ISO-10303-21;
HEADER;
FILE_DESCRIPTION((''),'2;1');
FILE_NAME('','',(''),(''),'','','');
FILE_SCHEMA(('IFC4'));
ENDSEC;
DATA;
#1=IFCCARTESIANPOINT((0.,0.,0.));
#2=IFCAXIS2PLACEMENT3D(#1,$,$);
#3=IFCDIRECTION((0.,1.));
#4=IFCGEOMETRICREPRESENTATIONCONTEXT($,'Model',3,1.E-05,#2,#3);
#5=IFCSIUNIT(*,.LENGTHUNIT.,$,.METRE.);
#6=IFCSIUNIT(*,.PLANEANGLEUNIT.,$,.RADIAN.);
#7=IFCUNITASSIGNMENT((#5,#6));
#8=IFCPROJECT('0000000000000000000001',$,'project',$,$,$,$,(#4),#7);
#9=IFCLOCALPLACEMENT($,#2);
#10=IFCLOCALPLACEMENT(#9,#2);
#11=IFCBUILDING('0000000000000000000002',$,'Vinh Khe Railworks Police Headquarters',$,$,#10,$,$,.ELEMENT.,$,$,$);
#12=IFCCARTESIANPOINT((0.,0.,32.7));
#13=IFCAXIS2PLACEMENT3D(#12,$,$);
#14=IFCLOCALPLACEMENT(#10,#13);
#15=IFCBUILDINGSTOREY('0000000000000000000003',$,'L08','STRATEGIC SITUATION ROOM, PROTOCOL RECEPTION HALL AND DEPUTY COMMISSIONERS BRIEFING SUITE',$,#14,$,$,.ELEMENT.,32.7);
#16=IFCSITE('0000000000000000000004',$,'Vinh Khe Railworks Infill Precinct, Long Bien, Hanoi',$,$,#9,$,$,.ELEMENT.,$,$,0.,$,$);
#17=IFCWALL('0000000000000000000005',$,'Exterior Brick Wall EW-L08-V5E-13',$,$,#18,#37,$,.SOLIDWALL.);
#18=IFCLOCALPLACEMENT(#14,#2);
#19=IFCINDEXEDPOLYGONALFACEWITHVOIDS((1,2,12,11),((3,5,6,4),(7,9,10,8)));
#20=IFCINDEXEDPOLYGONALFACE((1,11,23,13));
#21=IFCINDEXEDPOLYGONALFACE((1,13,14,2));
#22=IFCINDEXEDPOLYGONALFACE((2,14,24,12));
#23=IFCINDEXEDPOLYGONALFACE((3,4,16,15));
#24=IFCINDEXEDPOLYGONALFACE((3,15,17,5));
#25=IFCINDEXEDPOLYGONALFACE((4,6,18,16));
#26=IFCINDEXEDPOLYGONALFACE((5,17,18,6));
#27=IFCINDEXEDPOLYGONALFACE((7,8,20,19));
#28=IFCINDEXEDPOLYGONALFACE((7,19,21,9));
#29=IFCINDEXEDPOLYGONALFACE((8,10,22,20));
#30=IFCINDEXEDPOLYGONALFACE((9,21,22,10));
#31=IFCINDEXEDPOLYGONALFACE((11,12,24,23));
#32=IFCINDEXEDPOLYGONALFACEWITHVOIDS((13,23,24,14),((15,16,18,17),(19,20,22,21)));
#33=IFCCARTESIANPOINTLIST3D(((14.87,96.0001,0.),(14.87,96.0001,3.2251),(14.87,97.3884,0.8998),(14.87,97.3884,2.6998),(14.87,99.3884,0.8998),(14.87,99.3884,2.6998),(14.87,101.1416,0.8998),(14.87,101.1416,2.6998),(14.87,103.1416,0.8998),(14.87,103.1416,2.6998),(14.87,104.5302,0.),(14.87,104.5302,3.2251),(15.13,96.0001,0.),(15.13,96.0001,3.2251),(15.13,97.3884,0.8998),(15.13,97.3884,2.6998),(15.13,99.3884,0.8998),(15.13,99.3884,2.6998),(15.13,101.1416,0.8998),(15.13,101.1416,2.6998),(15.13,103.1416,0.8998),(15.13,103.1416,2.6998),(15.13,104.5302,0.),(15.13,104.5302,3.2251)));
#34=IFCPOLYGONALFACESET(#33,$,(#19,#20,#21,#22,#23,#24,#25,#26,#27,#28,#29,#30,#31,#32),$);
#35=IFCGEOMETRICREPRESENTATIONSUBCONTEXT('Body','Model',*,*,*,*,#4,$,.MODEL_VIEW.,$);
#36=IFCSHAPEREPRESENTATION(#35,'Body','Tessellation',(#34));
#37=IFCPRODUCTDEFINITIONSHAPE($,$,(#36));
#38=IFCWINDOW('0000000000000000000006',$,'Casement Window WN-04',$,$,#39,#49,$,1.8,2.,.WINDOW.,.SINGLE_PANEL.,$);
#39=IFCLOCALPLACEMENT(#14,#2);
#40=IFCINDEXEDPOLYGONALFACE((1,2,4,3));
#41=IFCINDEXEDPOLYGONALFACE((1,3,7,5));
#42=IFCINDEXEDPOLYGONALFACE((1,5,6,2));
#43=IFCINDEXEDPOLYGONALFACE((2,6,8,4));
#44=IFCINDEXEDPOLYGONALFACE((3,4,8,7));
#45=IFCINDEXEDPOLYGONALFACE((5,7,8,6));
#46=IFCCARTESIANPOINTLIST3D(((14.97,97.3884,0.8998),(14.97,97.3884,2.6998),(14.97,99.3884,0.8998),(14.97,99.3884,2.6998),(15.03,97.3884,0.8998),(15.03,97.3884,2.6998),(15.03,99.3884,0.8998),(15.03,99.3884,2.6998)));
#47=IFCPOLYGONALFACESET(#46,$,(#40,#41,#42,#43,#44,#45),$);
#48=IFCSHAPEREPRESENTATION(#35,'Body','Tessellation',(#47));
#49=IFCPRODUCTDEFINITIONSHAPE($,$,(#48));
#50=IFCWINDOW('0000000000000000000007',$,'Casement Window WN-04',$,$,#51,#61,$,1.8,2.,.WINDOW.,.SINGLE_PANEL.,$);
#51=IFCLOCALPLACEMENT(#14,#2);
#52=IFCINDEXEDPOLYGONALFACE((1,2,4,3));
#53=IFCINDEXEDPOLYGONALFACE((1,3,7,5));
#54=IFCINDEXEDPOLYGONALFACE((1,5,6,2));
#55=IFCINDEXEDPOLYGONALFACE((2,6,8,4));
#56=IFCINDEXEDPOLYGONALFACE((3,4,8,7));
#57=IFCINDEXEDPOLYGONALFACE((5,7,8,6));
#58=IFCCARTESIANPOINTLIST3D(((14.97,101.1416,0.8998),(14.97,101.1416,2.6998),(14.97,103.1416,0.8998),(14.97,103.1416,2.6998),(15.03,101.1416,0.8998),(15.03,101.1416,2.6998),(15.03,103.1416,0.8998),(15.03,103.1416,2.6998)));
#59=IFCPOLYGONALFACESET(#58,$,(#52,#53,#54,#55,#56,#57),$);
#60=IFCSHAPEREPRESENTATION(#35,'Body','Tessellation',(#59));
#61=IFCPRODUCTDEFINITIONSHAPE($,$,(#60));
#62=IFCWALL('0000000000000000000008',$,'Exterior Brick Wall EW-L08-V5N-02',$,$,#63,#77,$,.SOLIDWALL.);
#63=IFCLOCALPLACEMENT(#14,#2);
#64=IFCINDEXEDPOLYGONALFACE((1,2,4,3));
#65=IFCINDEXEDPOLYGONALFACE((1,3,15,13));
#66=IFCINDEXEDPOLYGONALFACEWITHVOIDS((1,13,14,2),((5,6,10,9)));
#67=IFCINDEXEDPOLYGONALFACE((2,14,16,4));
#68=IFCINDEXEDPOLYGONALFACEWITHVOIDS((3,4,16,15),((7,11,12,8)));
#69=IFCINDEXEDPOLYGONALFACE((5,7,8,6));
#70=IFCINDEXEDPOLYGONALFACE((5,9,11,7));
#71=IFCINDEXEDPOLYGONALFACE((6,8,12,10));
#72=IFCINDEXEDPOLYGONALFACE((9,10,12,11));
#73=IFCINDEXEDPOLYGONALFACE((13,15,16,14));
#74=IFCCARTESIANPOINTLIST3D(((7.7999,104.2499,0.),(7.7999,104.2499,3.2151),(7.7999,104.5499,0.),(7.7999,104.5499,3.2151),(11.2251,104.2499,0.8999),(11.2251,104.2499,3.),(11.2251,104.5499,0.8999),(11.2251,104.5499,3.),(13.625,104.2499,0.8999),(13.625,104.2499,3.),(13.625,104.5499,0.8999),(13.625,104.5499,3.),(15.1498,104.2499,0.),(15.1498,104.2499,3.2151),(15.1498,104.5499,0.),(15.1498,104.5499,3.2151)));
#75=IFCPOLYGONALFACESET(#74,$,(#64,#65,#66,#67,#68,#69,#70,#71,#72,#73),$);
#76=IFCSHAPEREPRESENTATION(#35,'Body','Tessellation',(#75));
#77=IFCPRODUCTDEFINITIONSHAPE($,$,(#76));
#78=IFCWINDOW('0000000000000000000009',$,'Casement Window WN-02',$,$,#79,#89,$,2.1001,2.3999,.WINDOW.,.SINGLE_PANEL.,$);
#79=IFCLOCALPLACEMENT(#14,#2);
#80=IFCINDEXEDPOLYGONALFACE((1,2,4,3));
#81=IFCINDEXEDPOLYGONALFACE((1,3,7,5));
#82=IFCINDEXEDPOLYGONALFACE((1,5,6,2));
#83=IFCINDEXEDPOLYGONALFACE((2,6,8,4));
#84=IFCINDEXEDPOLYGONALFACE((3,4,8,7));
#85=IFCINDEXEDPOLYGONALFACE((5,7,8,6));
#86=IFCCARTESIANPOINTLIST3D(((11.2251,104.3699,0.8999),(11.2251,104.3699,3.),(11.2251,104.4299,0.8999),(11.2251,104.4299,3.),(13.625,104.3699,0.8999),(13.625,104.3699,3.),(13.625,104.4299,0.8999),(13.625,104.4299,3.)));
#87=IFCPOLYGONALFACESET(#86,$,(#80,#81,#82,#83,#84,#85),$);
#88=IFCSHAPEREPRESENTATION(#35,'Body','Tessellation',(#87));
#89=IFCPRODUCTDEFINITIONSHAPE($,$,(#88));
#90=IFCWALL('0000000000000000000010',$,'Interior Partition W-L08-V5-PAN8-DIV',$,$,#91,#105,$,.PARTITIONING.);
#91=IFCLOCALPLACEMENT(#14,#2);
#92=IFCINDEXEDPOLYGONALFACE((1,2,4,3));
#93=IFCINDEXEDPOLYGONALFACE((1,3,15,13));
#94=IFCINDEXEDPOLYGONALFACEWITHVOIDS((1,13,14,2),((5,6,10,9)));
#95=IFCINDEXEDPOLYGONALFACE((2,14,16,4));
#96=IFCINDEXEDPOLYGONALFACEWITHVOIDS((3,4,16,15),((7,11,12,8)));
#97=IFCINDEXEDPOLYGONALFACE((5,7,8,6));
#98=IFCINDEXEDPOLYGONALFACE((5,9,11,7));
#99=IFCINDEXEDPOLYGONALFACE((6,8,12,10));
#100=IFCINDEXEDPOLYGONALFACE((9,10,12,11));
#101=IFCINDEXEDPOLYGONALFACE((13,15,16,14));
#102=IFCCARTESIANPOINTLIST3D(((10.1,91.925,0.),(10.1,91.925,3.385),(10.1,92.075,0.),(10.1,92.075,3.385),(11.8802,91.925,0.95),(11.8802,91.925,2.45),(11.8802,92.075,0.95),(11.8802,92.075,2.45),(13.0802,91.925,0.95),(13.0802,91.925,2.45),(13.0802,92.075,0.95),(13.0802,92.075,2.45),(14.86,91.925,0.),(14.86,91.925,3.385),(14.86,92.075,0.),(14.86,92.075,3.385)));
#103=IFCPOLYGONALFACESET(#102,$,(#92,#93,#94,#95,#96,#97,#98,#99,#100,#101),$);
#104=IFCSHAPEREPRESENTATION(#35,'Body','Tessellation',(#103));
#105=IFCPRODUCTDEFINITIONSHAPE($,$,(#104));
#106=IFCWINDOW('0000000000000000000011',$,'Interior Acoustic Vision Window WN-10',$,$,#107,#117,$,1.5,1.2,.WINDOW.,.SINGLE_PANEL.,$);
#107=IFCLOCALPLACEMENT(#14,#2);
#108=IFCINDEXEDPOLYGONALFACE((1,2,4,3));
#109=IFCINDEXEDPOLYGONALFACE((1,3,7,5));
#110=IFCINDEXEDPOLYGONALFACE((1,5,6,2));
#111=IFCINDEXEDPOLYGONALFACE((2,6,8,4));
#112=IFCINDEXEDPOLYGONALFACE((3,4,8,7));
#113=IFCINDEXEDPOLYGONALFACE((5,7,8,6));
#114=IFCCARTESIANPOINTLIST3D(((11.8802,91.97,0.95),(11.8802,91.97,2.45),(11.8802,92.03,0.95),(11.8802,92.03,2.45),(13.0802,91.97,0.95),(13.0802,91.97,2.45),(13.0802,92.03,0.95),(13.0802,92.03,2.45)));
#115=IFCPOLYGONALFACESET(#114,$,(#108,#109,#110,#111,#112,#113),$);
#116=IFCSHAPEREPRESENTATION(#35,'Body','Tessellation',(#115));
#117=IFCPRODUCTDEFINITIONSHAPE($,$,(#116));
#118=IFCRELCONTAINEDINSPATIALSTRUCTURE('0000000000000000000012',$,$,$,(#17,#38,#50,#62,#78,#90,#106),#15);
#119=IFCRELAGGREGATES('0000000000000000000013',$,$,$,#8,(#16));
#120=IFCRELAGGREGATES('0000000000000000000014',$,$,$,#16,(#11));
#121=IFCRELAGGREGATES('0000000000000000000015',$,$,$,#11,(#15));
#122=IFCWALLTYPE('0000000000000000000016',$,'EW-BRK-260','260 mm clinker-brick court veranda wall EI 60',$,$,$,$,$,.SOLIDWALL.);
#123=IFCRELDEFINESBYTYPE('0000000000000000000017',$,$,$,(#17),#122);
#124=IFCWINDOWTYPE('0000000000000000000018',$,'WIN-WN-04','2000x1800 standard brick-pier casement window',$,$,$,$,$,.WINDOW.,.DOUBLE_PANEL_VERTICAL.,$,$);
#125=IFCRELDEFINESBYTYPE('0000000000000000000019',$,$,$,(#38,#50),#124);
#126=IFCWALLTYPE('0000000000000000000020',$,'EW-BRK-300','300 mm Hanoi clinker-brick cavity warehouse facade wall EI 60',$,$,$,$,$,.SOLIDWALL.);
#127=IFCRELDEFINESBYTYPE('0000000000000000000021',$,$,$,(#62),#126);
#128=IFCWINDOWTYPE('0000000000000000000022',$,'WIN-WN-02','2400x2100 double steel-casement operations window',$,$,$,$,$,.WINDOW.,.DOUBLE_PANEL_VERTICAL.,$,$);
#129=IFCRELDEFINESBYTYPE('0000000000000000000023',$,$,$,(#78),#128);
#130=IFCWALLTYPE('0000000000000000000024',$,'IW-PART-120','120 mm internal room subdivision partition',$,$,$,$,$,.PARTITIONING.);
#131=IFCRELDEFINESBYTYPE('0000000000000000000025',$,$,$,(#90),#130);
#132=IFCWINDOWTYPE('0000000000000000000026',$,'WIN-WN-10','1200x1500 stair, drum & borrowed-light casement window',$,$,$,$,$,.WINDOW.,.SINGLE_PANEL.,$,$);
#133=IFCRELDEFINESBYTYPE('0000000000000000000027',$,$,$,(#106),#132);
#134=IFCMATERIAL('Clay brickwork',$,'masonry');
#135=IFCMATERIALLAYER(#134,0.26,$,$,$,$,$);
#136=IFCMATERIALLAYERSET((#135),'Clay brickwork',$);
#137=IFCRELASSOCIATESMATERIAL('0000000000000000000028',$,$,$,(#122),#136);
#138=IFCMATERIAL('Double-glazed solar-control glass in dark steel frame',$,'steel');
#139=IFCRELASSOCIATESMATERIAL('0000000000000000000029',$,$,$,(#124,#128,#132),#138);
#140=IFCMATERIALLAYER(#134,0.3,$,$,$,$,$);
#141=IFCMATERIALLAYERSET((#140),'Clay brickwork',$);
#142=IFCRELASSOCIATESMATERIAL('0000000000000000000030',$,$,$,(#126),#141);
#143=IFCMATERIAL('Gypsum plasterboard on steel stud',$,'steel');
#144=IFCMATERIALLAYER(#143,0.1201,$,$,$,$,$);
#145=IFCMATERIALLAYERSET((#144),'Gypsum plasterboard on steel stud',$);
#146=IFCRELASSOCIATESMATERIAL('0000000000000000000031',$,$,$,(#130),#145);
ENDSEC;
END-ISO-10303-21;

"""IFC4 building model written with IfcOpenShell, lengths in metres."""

from ifc_helpers import new_model, si_unit, direction, frame, frame_2d, origin, place, context, subcontext, project, spatial, rectangle, extrude, material, layer, layer_set, type_object, element, fill, save


model = new_model("IFC4")

# Units and contexts
model_context = context("Model", 3, precision=1e-05, world=origin(), true_north=direction((0.0, 1.0)))
body_context = subcontext(model_context, "Body", "Model", "MODEL_VIEW")
ifc_project = project(units=[si_unit("LENGTHUNIT", "METRE"), si_unit("PLANEANGLEUNIT", "RADIAN")], contexts=[model_context])

# Site, building, storey
site_placement = place(None, origin())
site = spatial("IfcSite", under=ifc_project, at=site_placement, Name="Vinh Khe Railworks Infill Precinct, Long Bien, Hanoi", CompositionType="ELEMENT", RefElevation=0.0)
building_placement = place(site_placement, origin())
building = spatial("IfcBuilding", under=site, at=building_placement, Name="Vinh Khe Railworks Police Headquarters", CompositionType="ELEMENT")
storey_placement = place(building_placement, frame((0.0, 0.0, 32.7)))
storey = spatial("IfcBuildingStorey", under=building, at=storey_placement, Name="L08", Description="STRATEGIC SITUATION ROOM, PROTOCOL RECEPTION HALL AND DEPUTY COMMISSIONERS BRIEFING SUITE", CompositionType="ELEMENT", Elevation=32.7)

# Wall, openings, windows
ifc_material_1 = material(Name="Clay brickwork", Category="masonry")
ifc_layer_1 = layer(ifc_material_1, 0.26)
ifc_layer_set_1 = layer_set([ifc_layer_1], Name="Clay brickwork")
wall_type_1 = type_object("IfcWallType", Name="EW-BRK-260", Description="260 mm clinker-brick court veranda wall EI 60", PredefinedType="SOLIDWALL", material=ifc_layer_set_1)
wall_1_placement = place(storey_placement, frame((15.0, 96.0, 0.0), z_axis=(0.0, 0.0, 1.0), x_axis=(0.0, 1.0, 0.0)))
wall_1 = element("IfcWall", 1, at=wall_1_placement, inside=storey, type_object=wall_type_1, Name="Exterior Brick Wall EW-L08-V5E-13", PredefinedType="SOLIDWALL", context=body_context, shape_type="SweptSolid", body=[
    extrude(rectangle(XDim=8.53, YDim=0.26, at=frame_2d((4.2651, 0.0))), origin(), (0.0, 0.0, 1.0), 3.2251),
])
opening_1_placement = place(wall_1_placement, frame((1.3884, 0.0, 0.8999)))
opening_1 = element("IfcOpeningElement", 2, at=opening_1_placement, cuts=wall_1, PredefinedType="OPENING", context=body_context, shape_type="SweptSolid", body=[
    extrude(rectangle(XDim=2.0, YDim=1.8, at=frame_2d((1.0, 0.8999))), frame((0.0, 0.145, 0.0), z_axis=(0.0, -1.0, 0.0), x_axis=(1.0, 0.0, 0.0)), (0.0, 0.0, 1.0), 0.2898),
])
opening_2_placement = place(wall_1_placement, frame((5.1416, 0.0, 0.8999)))
opening_2 = element("IfcOpeningElement", 3, at=opening_2_placement, cuts=wall_1, PredefinedType="OPENING", context=body_context, shape_type="SweptSolid", body=[
    extrude(rectangle(XDim=2.0, YDim=1.8, at=frame_2d((1.0, 0.8999))), frame((0.0, 0.145, 0.0), z_axis=(0.0, -1.0, 0.0), x_axis=(1.0, 0.0, 0.0)), (0.0, 0.0, 1.0), 0.2898),
])
ifc_material_2 = material(Name="Double-glazed solar-control glass in dark steel frame", Category="steel")
window_type_1 = type_object("IfcWindowType", Name="WIN-WN-04", Description="2000x1800 standard brick-pier casement window", PartitioningType="DOUBLE_PANEL_VERTICAL", PredefinedType="WINDOW", material=ifc_material_2)
window_1_placement = place(opening_1_placement, origin())
window_1 = element("IfcWindow", 4, at=window_1_placement, inside=storey, type_object=window_type_1, Name="Casement Window WN-04", OverallHeight=1.8, OverallWidth=2.0, PartitioningType="SINGLE_PANEL", PredefinedType="WINDOW", context=body_context, shape_type="SweptSolid", body=[
    extrude(rectangle(XDim=2.0, YDim=1.8, at=frame_2d((1.0, 0.8999))), frame((0.0, 0.03, 0.0), z_axis=(0.0, -1.0, 0.0), x_axis=(1.0, 0.0, 0.0)), (0.0, 0.0, 1.0), 0.0601),
])
fill(opening_1, window_1)
window_2_placement = place(opening_2_placement, origin())
window_2 = element("IfcWindow", 5, at=window_2_placement, inside=storey, type_object=window_type_1, Name="Casement Window WN-04", OverallHeight=1.8, OverallWidth=2.0, PartitioningType="SINGLE_PANEL", PredefinedType="WINDOW", context=body_context, shape_type="SweptSolid", body=[
    extrude(rectangle(XDim=2.0, YDim=1.8, at=frame_2d((1.0, 0.8999))), frame((0.0, 0.03, 0.0), z_axis=(0.0, -1.0, 0.0), x_axis=(1.0, 0.0, 0.0)), (0.0, 0.0, 1.0), 0.0601),
])
fill(opening_2, window_2)

# Walls, openings, windows
ifc_layer_2 = layer(ifc_material_1, 0.3)
ifc_layer_set_2 = layer_set([ifc_layer_2], Name="Clay brickwork")
wall_type_2 = type_object("IfcWallType", Name="EW-BRK-300", Description="300 mm Hanoi clinker-brick cavity warehouse facade wall EI 60", PredefinedType="SOLIDWALL", material=ifc_layer_set_2)
wall_2_placement = place(storey_placement, frame((7.8, 104.3999, 0.0), z_axis=(0.0, 0.0, 1.0), x_axis=(1.0, 0.0, 0.0)))
wall_2 = element("IfcWall", 6, at=wall_2_placement, inside=storey, type_object=wall_type_2, Name="Exterior Brick Wall EW-L08-V5N-02", PredefinedType="SOLIDWALL", context=body_context, shape_type="SweptSolid", body=[
    extrude(rectangle(XDim=7.3499, YDim=0.3, at=frame_2d((3.6748, 0.0))), origin(), (0.0, 0.0, 1.0), 3.2151),
])
opening_3_placement = place(wall_2_placement, frame((3.425, 0.0, 0.8999)))
opening_3 = element("IfcOpeningElement", 7, at=opening_3_placement, cuts=wall_2, PredefinedType="OPENING", context=body_context, shape_type="SweptSolid", body=[
    extrude(rectangle(XDim=2.3999, YDim=2.1001, at=frame_2d((1.2, 1.05))), frame((0.0, 0.165, 0.0), z_axis=(0.0, -1.0, 0.0), x_axis=(1.0, 0.0, 0.0)), (0.0, 0.0, 1.0), 0.3298),
])
window_type_2 = type_object("IfcWindowType", Name="WIN-WN-02", Description="2400x2100 double steel-casement operations window", PartitioningType="DOUBLE_PANEL_VERTICAL", PredefinedType="WINDOW", material=ifc_material_2)
window_3_placement = place(opening_3_placement, origin())
window_3 = element("IfcWindow", 8, at=window_3_placement, inside=storey, type_object=window_type_2, Name="Casement Window WN-02", OverallHeight=2.1001, OverallWidth=2.3999, PartitioningType="SINGLE_PANEL", PredefinedType="WINDOW", context=body_context, shape_type="SweptSolid", body=[
    extrude(rectangle(XDim=2.3999, YDim=2.1001, at=frame_2d((1.2, 1.05))), frame((0.0, 0.03, 0.0), z_axis=(0.0, -1.0, 0.0), x_axis=(1.0, 0.0, 0.0)), (0.0, 0.0, 1.0), 0.0601),
])
fill(opening_3, window_3)
ifc_material_3 = material(Name="Gypsum plasterboard on steel stud", Category="steel")
ifc_layer_3 = layer(ifc_material_3, 0.1201)
ifc_layer_set_3 = layer_set([ifc_layer_3], Name="Gypsum plasterboard on steel stud")
wall_type_3 = type_object("IfcWallType", Name="IW-PART-120", Description="120 mm internal room subdivision partition", PredefinedType="PARTITIONING", material=ifc_layer_set_3)
wall_3_placement = place(storey_placement, frame((10.1001, 92.0, 0.0), z_axis=(0.0, 0.0, 1.0), x_axis=(1.0, 0.0, 0.0)))
wall_3 = element("IfcWall", 9, at=wall_3_placement, inside=storey, type_object=wall_type_3, Name="Interior Partition W-L08-V5-PAN8-DIV", PredefinedType="PARTITIONING", context=body_context, shape_type="SweptSolid", body=[
    extrude(rectangle(XDim=4.76, YDim=0.1499, at=frame_2d((2.3799, 0.0))), origin(), (0.0, 0.0, 1.0), 3.385),
])
opening_4_placement = place(wall_3_placement, frame((1.78, 0.0, 0.95)))
opening_4 = element("IfcOpeningElement", 10, at=opening_4_placement, cuts=wall_3, PredefinedType="OPENING", context=body_context, shape_type="SweptSolid", body=[
    extrude(rectangle(XDim=1.2, YDim=1.5, at=frame_2d((0.6001, 0.75))), frame((0.0, 0.0898, 0.0), z_axis=(0.0, -1.0, 0.0), x_axis=(1.0, 0.0, 0.0)), (0.0, 0.0, 1.0), 0.1797),
])
window_type_3 = type_object("IfcWindowType", Name="WIN-WN-10", Description="1200x1500 stair, drum & borrowed-light casement window", PartitioningType="SINGLE_PANEL", PredefinedType="WINDOW", material=ifc_material_2)
window_4_placement = place(opening_4_placement, origin())
window_4 = element("IfcWindow", 11, at=window_4_placement, inside=storey, type_object=window_type_3, Name="Interior Acoustic Vision Window WN-10", OverallHeight=1.5, OverallWidth=1.2, PartitioningType="SINGLE_PANEL", PredefinedType="WINDOW", context=body_context, shape_type="SweptSolid", body=[
    extrude(rectangle(XDim=1.2, YDim=1.5, at=frame_2d((0.6001, 0.75))), frame((0.0, 0.03, 0.0), z_axis=(0.0, -1.0, 0.0), x_axis=(1.0, 0.0, 0.0)), (0.0, 0.0, 1.0), 0.0601),
])
fill(opening_4, window_4)

save(model, "model.ifc")
